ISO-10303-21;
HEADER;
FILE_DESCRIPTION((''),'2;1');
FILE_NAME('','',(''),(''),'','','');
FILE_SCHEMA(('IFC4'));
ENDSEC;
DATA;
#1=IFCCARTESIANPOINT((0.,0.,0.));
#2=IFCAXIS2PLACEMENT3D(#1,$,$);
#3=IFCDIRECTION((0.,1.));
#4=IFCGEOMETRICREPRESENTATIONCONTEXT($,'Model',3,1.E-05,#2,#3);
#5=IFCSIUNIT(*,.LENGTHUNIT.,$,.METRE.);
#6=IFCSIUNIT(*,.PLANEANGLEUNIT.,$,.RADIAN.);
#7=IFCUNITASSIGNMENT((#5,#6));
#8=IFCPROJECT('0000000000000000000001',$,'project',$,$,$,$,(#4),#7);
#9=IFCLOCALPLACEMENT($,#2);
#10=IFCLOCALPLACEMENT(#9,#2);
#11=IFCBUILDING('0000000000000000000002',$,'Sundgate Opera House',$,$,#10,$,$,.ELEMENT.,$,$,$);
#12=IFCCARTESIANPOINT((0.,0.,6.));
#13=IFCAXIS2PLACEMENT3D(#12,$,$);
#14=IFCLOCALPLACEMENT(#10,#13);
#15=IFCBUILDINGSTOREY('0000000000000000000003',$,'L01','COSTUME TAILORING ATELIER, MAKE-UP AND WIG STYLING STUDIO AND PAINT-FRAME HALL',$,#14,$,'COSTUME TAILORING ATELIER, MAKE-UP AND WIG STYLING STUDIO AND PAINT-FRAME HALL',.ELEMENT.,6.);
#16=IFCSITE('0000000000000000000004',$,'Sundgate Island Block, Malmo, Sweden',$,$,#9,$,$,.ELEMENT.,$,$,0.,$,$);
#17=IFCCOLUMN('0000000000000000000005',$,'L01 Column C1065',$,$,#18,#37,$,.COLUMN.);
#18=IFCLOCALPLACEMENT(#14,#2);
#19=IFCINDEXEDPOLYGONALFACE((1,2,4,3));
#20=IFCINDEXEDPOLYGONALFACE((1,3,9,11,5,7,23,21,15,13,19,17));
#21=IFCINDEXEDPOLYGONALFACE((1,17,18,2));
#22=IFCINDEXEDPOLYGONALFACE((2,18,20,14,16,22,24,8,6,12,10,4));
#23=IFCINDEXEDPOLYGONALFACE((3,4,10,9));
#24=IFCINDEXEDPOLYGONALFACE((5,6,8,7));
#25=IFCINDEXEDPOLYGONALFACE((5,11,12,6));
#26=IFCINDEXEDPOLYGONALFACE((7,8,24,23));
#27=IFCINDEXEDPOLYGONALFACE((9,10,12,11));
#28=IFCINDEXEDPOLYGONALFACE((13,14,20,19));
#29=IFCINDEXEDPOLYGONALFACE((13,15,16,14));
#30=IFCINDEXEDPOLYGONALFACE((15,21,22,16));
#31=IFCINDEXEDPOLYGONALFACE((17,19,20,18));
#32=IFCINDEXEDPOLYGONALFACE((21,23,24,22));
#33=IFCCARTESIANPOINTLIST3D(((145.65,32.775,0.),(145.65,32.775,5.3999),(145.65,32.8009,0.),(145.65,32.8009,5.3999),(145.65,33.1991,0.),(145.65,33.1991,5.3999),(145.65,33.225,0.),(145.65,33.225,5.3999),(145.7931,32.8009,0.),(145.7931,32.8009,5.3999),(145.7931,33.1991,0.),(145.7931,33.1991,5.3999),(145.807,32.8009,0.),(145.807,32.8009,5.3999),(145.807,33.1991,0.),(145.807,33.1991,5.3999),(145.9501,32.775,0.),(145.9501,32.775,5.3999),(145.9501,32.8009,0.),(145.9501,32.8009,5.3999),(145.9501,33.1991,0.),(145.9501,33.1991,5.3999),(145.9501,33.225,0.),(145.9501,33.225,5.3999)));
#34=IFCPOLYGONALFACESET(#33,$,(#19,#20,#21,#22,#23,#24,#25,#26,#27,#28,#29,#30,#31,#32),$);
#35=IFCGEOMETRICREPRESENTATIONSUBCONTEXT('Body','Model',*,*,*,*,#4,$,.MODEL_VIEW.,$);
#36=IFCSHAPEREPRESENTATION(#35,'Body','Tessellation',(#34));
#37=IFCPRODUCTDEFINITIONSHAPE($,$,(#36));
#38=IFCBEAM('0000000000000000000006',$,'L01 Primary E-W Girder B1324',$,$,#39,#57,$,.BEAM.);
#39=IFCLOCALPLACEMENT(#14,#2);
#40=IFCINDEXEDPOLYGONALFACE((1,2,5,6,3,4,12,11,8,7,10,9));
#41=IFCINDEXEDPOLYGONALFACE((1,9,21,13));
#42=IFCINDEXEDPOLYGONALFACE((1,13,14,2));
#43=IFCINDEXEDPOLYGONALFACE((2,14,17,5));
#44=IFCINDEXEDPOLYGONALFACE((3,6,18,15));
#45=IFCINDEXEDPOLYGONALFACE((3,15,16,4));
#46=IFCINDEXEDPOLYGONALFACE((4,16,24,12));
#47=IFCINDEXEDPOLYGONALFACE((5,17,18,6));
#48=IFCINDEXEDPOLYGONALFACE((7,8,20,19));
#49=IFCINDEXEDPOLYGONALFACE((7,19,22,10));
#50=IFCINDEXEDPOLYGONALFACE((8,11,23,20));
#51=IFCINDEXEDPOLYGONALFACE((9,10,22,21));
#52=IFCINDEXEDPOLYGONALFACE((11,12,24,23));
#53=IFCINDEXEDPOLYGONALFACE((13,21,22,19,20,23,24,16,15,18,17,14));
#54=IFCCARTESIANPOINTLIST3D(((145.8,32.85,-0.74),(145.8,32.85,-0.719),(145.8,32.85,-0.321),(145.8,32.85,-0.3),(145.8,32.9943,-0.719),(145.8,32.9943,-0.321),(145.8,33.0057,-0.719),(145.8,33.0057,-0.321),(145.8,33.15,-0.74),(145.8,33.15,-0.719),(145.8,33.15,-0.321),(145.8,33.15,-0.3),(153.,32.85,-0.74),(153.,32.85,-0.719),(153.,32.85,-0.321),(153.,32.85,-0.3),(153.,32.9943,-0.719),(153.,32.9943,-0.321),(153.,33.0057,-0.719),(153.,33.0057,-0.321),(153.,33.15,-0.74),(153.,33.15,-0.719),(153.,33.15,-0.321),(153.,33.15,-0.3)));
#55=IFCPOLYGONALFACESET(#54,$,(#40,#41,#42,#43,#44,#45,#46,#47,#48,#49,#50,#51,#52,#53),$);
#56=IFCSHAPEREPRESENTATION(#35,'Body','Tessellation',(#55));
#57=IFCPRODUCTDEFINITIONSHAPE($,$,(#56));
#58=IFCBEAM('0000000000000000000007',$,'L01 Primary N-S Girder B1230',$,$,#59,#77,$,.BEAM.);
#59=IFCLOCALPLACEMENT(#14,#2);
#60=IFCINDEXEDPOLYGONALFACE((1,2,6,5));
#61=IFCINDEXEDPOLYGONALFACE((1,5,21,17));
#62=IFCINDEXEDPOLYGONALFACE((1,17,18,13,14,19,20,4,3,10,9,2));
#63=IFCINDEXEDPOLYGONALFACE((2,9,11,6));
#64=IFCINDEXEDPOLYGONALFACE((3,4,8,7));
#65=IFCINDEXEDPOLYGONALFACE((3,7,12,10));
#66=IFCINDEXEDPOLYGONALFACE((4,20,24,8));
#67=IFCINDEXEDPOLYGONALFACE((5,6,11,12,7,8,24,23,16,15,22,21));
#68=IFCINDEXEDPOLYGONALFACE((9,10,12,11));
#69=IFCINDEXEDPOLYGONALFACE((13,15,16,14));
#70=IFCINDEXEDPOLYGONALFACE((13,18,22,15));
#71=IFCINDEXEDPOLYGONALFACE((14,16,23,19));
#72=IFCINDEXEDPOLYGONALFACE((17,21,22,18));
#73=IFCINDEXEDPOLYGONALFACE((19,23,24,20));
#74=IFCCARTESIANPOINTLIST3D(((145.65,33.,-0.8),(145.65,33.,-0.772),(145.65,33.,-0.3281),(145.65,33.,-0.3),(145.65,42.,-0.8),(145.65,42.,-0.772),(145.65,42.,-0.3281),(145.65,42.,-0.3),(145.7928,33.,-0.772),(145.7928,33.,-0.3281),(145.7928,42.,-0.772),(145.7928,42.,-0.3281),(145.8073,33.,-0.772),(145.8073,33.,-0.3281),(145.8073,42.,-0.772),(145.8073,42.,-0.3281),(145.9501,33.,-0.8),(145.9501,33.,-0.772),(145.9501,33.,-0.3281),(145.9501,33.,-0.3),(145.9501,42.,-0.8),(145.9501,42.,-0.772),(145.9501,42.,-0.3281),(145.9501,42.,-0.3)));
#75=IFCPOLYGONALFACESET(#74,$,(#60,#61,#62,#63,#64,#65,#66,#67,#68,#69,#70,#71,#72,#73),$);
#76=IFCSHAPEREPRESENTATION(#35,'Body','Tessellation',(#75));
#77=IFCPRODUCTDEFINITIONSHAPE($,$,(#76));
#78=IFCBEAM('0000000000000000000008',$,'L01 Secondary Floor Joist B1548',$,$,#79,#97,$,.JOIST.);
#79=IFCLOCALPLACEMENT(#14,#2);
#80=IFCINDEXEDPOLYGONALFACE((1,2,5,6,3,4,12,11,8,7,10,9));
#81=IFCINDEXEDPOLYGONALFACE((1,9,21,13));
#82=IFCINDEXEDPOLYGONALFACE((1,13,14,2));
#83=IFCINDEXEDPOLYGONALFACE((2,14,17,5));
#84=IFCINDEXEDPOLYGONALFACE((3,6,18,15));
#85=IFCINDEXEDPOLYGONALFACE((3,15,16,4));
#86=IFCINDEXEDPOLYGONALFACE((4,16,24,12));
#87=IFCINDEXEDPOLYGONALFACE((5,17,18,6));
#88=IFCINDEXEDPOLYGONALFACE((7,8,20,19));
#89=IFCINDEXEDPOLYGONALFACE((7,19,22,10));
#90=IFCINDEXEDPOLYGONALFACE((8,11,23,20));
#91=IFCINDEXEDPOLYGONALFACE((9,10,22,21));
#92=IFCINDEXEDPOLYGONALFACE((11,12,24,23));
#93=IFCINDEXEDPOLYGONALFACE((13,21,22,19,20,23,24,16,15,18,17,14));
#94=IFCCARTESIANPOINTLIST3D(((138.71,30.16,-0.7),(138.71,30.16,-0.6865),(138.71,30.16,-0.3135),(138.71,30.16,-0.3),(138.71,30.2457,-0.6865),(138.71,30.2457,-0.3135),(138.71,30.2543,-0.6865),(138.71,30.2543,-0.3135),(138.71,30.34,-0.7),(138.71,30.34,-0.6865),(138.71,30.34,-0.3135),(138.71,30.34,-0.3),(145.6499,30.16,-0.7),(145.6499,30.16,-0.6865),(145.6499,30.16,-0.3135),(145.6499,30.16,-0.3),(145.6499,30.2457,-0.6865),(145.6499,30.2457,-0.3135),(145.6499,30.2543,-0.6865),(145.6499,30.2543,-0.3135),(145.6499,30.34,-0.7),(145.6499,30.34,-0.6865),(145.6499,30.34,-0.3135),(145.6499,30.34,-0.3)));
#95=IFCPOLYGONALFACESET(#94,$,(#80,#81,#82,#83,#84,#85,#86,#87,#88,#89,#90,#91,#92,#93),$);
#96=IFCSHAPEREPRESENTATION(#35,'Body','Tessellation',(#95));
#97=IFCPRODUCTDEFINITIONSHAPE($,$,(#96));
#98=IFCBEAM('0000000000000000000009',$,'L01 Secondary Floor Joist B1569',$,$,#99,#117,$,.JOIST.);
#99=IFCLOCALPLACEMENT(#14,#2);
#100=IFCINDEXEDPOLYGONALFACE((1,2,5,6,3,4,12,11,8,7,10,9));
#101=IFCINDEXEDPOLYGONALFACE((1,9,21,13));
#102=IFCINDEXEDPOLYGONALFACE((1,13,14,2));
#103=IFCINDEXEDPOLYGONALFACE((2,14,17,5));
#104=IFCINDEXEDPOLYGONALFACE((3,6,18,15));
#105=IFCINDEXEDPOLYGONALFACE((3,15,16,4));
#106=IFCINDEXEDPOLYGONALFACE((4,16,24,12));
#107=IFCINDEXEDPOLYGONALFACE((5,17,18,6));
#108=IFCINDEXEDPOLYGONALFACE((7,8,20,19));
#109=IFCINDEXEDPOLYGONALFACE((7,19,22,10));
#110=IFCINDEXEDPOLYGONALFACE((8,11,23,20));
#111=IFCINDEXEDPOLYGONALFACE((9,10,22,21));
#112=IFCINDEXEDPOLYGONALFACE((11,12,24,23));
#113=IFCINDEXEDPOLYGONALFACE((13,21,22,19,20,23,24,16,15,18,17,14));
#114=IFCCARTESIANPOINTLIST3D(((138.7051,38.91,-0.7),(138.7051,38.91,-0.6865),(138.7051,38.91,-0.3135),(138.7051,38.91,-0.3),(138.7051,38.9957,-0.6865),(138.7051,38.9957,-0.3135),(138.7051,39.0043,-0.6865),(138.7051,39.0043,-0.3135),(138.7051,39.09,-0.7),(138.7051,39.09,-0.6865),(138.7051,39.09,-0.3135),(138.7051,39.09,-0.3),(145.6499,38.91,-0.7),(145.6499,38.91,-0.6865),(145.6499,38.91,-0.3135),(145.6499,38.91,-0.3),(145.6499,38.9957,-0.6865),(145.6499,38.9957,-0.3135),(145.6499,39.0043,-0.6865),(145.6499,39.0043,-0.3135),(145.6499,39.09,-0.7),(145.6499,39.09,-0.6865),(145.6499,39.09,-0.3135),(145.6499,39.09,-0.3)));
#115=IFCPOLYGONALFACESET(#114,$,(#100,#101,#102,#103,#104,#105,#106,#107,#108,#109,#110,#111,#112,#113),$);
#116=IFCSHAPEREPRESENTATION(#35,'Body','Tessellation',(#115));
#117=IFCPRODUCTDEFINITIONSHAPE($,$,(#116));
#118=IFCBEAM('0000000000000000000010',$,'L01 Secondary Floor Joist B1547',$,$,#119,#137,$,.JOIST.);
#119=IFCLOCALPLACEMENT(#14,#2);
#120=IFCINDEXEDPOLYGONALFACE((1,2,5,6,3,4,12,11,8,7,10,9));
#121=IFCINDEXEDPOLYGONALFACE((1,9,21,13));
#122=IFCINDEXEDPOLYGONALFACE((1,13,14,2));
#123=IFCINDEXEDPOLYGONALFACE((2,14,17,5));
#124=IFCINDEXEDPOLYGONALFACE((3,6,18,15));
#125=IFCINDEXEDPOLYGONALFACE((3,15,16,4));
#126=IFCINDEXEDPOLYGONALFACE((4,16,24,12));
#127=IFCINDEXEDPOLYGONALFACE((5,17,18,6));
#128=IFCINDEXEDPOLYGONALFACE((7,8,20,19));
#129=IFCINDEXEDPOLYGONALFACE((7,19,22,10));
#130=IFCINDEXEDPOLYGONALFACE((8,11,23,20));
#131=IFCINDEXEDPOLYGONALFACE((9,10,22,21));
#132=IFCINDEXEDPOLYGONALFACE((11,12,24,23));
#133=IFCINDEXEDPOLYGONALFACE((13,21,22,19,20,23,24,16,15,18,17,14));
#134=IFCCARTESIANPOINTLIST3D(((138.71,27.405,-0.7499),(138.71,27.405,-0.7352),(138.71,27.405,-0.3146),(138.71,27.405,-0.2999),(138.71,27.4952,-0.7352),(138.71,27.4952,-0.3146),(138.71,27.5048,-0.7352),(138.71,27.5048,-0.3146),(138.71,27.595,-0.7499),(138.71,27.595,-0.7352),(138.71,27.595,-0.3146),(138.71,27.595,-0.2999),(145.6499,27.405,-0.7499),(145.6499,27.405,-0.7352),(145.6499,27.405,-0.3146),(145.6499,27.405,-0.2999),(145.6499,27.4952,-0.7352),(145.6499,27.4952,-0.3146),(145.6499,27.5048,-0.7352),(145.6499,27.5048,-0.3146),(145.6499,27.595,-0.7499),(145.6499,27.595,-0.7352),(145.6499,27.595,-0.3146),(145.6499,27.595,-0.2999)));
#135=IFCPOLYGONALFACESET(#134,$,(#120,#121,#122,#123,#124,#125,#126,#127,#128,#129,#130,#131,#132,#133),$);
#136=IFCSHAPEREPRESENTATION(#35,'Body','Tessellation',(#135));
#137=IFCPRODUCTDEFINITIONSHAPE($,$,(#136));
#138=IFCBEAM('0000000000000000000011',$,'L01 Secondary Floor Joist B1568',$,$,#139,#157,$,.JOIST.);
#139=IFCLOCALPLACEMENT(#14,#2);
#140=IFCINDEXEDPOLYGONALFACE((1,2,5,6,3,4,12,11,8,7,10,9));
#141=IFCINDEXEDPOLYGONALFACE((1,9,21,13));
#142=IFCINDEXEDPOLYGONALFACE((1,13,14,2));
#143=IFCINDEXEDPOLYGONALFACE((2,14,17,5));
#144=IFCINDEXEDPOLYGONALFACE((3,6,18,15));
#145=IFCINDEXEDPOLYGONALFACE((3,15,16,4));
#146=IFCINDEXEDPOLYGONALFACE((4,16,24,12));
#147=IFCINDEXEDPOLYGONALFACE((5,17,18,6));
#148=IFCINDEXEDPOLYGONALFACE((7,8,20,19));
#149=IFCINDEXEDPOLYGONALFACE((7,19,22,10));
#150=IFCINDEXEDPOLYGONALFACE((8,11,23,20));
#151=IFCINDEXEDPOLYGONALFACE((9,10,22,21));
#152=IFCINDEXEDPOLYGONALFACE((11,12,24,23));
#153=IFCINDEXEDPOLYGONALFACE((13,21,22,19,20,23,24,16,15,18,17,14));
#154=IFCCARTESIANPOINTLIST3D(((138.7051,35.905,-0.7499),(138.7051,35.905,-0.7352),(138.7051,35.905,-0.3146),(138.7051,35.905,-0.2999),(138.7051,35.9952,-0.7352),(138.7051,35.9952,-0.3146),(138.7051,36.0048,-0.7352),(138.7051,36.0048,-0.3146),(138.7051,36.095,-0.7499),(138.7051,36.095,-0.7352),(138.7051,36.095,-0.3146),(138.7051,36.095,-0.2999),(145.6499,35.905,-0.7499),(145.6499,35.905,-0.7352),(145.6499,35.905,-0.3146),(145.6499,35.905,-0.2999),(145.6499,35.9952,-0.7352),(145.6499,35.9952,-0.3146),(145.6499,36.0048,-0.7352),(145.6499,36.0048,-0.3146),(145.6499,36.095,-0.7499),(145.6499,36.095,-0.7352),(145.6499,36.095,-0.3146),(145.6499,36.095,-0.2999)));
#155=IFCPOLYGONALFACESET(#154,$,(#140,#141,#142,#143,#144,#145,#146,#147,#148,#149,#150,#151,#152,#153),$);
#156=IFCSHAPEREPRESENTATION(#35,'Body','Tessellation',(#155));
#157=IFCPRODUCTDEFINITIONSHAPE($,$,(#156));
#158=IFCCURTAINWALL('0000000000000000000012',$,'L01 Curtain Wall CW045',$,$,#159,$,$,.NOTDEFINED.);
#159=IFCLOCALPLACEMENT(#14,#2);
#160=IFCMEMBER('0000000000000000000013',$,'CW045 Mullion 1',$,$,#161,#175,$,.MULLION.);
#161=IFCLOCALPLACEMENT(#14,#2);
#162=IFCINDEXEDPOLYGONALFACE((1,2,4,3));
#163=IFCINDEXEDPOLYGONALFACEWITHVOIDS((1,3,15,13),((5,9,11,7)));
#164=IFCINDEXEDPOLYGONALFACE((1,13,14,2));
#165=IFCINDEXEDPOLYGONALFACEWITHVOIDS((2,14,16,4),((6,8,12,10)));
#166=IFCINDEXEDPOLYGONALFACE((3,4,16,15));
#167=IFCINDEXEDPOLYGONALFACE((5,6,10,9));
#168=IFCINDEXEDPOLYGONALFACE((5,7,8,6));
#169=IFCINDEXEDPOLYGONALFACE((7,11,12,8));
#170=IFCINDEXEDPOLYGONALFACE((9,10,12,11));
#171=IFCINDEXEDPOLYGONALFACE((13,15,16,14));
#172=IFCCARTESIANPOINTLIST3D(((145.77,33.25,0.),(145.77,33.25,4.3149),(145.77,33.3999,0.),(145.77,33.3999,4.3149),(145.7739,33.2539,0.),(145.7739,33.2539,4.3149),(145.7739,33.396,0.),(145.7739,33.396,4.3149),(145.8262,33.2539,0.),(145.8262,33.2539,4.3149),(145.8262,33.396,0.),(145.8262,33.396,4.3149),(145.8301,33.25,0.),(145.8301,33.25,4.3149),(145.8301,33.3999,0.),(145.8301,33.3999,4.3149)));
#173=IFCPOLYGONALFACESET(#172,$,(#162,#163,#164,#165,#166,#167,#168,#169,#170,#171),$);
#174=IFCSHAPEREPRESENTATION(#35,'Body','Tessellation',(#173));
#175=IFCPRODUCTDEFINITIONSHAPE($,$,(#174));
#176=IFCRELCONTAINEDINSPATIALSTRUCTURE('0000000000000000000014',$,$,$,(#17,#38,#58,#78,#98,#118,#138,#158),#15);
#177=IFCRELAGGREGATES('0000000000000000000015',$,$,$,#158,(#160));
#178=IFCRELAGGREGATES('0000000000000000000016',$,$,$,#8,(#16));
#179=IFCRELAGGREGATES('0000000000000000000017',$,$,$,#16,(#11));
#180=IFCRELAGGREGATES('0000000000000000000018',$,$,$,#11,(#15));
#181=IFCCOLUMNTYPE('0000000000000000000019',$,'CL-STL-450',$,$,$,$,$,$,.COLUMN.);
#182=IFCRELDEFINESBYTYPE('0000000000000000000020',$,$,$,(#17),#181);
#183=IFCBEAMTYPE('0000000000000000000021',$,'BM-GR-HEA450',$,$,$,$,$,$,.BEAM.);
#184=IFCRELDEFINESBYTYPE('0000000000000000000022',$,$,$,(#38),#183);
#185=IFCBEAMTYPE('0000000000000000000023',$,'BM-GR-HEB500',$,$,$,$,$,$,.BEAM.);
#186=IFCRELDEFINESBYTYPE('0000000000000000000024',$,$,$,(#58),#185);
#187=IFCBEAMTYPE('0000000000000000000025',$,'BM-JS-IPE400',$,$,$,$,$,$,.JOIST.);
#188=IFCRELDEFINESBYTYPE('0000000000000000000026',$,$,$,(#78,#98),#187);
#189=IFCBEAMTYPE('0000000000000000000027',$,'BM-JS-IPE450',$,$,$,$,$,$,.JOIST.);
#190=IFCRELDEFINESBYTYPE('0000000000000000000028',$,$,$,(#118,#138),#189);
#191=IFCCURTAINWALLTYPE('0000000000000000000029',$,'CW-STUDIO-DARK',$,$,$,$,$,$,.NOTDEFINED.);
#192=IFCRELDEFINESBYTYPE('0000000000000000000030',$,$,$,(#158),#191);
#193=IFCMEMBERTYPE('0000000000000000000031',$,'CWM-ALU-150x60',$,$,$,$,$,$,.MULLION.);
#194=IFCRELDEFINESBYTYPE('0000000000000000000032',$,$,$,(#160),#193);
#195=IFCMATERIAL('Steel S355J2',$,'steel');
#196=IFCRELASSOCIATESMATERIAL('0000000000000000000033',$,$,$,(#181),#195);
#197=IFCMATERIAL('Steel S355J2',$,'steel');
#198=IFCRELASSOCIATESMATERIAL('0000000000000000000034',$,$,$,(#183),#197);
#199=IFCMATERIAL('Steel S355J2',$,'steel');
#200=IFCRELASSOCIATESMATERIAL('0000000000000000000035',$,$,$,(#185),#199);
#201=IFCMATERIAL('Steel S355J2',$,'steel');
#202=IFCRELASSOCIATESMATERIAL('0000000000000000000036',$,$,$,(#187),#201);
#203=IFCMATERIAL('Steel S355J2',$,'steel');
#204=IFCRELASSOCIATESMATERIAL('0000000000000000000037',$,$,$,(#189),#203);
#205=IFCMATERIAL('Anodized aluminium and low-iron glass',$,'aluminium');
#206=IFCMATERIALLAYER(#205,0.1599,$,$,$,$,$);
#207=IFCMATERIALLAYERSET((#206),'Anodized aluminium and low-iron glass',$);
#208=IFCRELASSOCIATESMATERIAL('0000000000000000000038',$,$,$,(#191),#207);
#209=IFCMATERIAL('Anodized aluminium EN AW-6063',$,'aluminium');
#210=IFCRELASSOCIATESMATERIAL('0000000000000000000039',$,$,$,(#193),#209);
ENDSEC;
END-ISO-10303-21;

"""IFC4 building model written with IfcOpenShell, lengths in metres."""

from ifc_helpers import new_model, si_unit, direction, frame, origin, origin_2d, place, context, subcontext, project, spatial, hollow_rectangle, i_section, extrude, material, layer, layer_set, material_profile, profile_set, type_object, element, aggregate, save


model = new_model("IFC4")

# Units and contexts
model_context = context("Model", 3, precision=1e-05, world=origin(), true_north=direction((0.0, 1.0)))
body_context = subcontext(model_context, "Body", "Model", "MODEL_VIEW")
ifc_project = project(units=[si_unit("LENGTHUNIT", "METRE"), si_unit("PLANEANGLEUNIT", "RADIAN")], contexts=[model_context])

# Site, building, storey
site_placement = place(None, origin())
site = spatial("IfcSite", under=ifc_project, at=site_placement, Name="Sundgate Island Block, Malmo, Sweden", CompositionType="ELEMENT", RefElevation=0.0)
building_placement = place(site_placement, origin())
building = spatial("IfcBuilding", under=site, at=building_placement, Name="Sundgate Opera House", CompositionType="ELEMENT")
storey_placement = place(building_placement, frame((0.0, 0.0, 6.0)))
storey = spatial("IfcBuildingStorey", under=building, at=storey_placement, Name="L01", Description="COSTUME TAILORING ATELIER, MAKE-UP AND WIG STYLING STUDIO AND PAINT-FRAME HALL", LongName="COSTUME TAILORING ATELIER, MAKE-UP AND WIG STYLING STUDIO AND PAINT-FRAME HALL", CompositionType="ELEMENT", Elevation=6.0)

# Column
ifc_material_1 = material(Name="Steel S355J2", Category="steel")
ifc_material_profile_1 = material_profile(ifc_material_1, i_section(OverallWidth=0.3, OverallDepth=0.45, WebThickness=0.0139, FlangeThickness=0.0259, at=origin_2d()), Name="HEB 450")
ifc_profile_set_1 = profile_set([ifc_material_profile_1], Name="Steel S355J2")
column_type = type_object("IfcColumnType", Name="CL-STL-450", PredefinedType="COLUMN", material=ifc_profile_set_1)
column_placement = place(storey_placement, frame((145.8, 33.0, 0.0), z_axis=(0.0, 0.0, 1.0), x_axis=(1.0, 0.0, 0.0)))
element("IfcColumn", 1, at=column_placement, inside=storey, type_object=column_type, Name="L01 Column C1065", PredefinedType="COLUMN", context=body_context, shape_type="SweptSolid", body=[
    extrude(i_section(OverallWidth=0.3, OverallDepth=0.45, WebThickness=0.0139, FlangeThickness=0.0259, at=origin_2d()), origin(), (0.0, 0.0, 1.0), 5.3999),
])

# Beams
ifc_material_2 = material(Name="Steel S355J2", Category="steel")
ifc_material_profile_2 = material_profile(ifc_material_2, i_section(OverallWidth=0.3, OverallDepth=0.4399, WebThickness=0.0115, FlangeThickness=0.021, at=origin_2d()), Name="HEA 450")
ifc_profile_set_2 = profile_set([ifc_material_profile_2], Name="Steel S355J2")
beam_type_1 = type_object("IfcBeamType", Name="BM-GR-HEA450", PredefinedType="BEAM", material=ifc_profile_set_2)
beam_1_placement = place(storey_placement, frame((145.8, 33.0, -0.52), z_axis=(1.0, 0.0, 0.0), x_axis=(0.0, 1.0, 0.0)))
element("IfcBeam", 2, at=beam_1_placement, inside=storey, type_object=beam_type_1, Name="L01 Primary E-W Girder B1324", PredefinedType="BEAM", context=body_context, shape_type="SweptSolid", body=[
    extrude(i_section(OverallWidth=0.3, OverallDepth=0.4399, WebThickness=0.0115, FlangeThickness=0.021, at=origin_2d()), origin(), (0.0, 0.0, 1.0), 7.2),
])
ifc_material_3 = material(Name="Steel S355J2", Category="steel")
ifc_material_profile_3 = material_profile(ifc_material_3, i_section(OverallWidth=0.3, OverallDepth=0.5, WebThickness=0.0144, FlangeThickness=0.0281, at=origin_2d()), Name="HEB 500")
ifc_profile_set_3 = profile_set([ifc_material_profile_3], Name="Steel S355J2")
beam_type_2 = type_object("IfcBeamType", Name="BM-GR-HEB500", PredefinedType="BEAM", material=ifc_profile_set_3)
beam_2_placement = place(storey_placement, frame((145.8, 33.0, -0.55), z_axis=(0.0, 1.0, 0.0), x_axis=(-1.0, 0.0, 0.0)))
element("IfcBeam", 3, at=beam_2_placement, inside=storey, type_object=beam_type_2, Name="L01 Primary N-S Girder B1230", PredefinedType="BEAM", context=body_context, shape_type="SweptSolid", body=[
    extrude(i_section(OverallWidth=0.3, OverallDepth=0.5, WebThickness=0.0144, FlangeThickness=0.0281, at=origin_2d()), origin(), (0.0, 0.0, 1.0), 9.0),
])
ifc_material_4 = material(Name="Steel S355J2", Category="steel")
ifc_material_profile_4 = material_profile(ifc_material_4, i_section(OverallWidth=0.1799, OverallDepth=0.3999, WebThickness=0.0085, FlangeThickness=0.0134, at=origin_2d()), Name="IPE 400")
ifc_profile_set_4 = profile_set([ifc_material_profile_4], Name="Steel S355J2")
beam_type_3 = type_object("IfcBeamType", Name="BM-JS-IPE400", PredefinedType="JOIST", material=ifc_profile_set_4)
beam_3_placement = place(storey_placement, frame((138.71, 30.25, -0.5), z_axis=(1.0, 0.0, 0.0), x_axis=(0.0, 1.0, 0.0)))
element("IfcBeam", 4, at=beam_3_placement, inside=storey, type_object=beam_type_3, Name="L01 Secondary Floor Joist B1548", PredefinedType="JOIST", context=body_context, shape_type="SweptSolid", body=[
    extrude(i_section(OverallWidth=0.1799, OverallDepth=0.3999, WebThickness=0.0085, FlangeThickness=0.0134, at=origin_2d()), origin(), (0.0, 0.0, 1.0), 6.9399),
])
beam_4_placement = place(storey_placement, frame((138.7051, 39.0, -0.5), z_axis=(1.0, 0.0, 0.0), x_axis=(0.0, 1.0, 0.0)))
element("IfcBeam", 5, at=beam_4_placement, inside=storey, type_object=beam_type_3, Name="L01 Secondary Floor Joist B1569", PredefinedType="JOIST", context=body_context, shape_type="SweptSolid", body=[
    extrude(i_section(OverallWidth=0.1799, OverallDepth=0.3999, WebThickness=0.0085, FlangeThickness=0.0134, at=origin_2d()), origin(), (0.0, 0.0, 1.0), 6.9448),
])
ifc_material_5 = material(Name="Steel S355J2", Category="steel")
ifc_material_profile_5 = material_profile(ifc_material_5, i_section(OverallWidth=0.1899, OverallDepth=0.45, WebThickness=0.0095, FlangeThickness=0.0146, at=origin_2d()), Name="IPE 450")
ifc_profile_set_5 = profile_set([ifc_material_profile_5], Name="Steel S355J2")
beam_type_4 = type_object("IfcBeamType", Name="BM-JS-IPE450", PredefinedType="JOIST", material=ifc_profile_set_5)
beam_5_placement = place(storey_placement, frame((138.71, 27.5, -0.5249), z_axis=(1.0, 0.0, 0.0), x_axis=(0.0, 1.0, 0.0)))
element("IfcBeam", 6, at=beam_5_placement, inside=storey, type_object=beam_type_4, Name="L01 Secondary Floor Joist B1547", PredefinedType="JOIST", context=body_context, shape_type="SweptSolid", body=[
    extrude(i_section(OverallWidth=0.1899, OverallDepth=0.45, WebThickness=0.0095, FlangeThickness=0.0146, at=origin_2d()), origin(), (0.0, 0.0, 1.0), 6.9399),
])
beam_6_placement = place(storey_placement, frame((138.7051, 36.0, -0.5249), z_axis=(1.0, 0.0, 0.0), x_axis=(0.0, 1.0, 0.0)))
element("IfcBeam", 7, at=beam_6_placement, inside=storey, type_object=beam_type_4, Name="L01 Secondary Floor Joist B1568", PredefinedType="JOIST", context=body_context, shape_type="SweptSolid", body=[
    extrude(i_section(OverallWidth=0.1899, OverallDepth=0.45, WebThickness=0.0095, FlangeThickness=0.0146, at=origin_2d()), origin(), (0.0, 0.0, 1.0), 6.9448),
])

# Curtain wall, member
ifc_material_6 = material(Name="Anodized aluminium and low-iron glass", Category="aluminium")
ifc_layer_1 = layer(ifc_material_6, 0.1599)
ifc_layer_set_1 = layer_set([ifc_layer_1], Name="Anodized aluminium and low-iron glass")
curtain_wall_type = type_object("IfcCurtainWallType", Name="CW-STUDIO-DARK", PredefinedType="NOTDEFINED", material=ifc_layer_set_1)
curtain_wall_placement = place(storey_placement, origin())
curtain_wall = element("IfcCurtainWall", 8, at=curtain_wall_placement, inside=storey, type_object=curtain_wall_type, Name="L01 Curtain Wall CW045", PredefinedType="NOTDEFINED")
ifc_material_7 = material(Name="Anodized aluminium EN AW-6063", Category="aluminium")
ifc_material_profile_6 = material_profile(ifc_material_7, hollow_rectangle(XDim=0.0601, YDim=0.1499, WallThickness=0.0039, at=origin_2d()), Name="CWM 150x60x4")
ifc_profile_set_6 = profile_set([ifc_material_profile_6], Name="Anodized aluminium EN AW-6063")
member_type_1 = type_object("IfcMemberType", Name="CWM-ALU-150x60", PredefinedType="MULLION", material=ifc_profile_set_6)
member_1_placement = place(storey_placement, frame((145.8, 33.325, 0.0), z_axis=(0.0, 0.0, 1.0), x_axis=(1.0, 0.0, 0.0)))
member_1 = element("IfcMember", 9, at=member_1_placement, type_object=member_type_1, Name="CW045 Mullion 1", PredefinedType="MULLION", context=body_context, shape_type="SweptSolid", body=[
    extrude(hollow_rectangle(XDim=0.0601, YDim=0.1499, WallThickness=0.0039, at=origin_2d()), origin(), (0.0, 0.0, 1.0), 4.3149),
])
aggregate(curtain_wall, [member_1])

save(model, "model.ifc")
